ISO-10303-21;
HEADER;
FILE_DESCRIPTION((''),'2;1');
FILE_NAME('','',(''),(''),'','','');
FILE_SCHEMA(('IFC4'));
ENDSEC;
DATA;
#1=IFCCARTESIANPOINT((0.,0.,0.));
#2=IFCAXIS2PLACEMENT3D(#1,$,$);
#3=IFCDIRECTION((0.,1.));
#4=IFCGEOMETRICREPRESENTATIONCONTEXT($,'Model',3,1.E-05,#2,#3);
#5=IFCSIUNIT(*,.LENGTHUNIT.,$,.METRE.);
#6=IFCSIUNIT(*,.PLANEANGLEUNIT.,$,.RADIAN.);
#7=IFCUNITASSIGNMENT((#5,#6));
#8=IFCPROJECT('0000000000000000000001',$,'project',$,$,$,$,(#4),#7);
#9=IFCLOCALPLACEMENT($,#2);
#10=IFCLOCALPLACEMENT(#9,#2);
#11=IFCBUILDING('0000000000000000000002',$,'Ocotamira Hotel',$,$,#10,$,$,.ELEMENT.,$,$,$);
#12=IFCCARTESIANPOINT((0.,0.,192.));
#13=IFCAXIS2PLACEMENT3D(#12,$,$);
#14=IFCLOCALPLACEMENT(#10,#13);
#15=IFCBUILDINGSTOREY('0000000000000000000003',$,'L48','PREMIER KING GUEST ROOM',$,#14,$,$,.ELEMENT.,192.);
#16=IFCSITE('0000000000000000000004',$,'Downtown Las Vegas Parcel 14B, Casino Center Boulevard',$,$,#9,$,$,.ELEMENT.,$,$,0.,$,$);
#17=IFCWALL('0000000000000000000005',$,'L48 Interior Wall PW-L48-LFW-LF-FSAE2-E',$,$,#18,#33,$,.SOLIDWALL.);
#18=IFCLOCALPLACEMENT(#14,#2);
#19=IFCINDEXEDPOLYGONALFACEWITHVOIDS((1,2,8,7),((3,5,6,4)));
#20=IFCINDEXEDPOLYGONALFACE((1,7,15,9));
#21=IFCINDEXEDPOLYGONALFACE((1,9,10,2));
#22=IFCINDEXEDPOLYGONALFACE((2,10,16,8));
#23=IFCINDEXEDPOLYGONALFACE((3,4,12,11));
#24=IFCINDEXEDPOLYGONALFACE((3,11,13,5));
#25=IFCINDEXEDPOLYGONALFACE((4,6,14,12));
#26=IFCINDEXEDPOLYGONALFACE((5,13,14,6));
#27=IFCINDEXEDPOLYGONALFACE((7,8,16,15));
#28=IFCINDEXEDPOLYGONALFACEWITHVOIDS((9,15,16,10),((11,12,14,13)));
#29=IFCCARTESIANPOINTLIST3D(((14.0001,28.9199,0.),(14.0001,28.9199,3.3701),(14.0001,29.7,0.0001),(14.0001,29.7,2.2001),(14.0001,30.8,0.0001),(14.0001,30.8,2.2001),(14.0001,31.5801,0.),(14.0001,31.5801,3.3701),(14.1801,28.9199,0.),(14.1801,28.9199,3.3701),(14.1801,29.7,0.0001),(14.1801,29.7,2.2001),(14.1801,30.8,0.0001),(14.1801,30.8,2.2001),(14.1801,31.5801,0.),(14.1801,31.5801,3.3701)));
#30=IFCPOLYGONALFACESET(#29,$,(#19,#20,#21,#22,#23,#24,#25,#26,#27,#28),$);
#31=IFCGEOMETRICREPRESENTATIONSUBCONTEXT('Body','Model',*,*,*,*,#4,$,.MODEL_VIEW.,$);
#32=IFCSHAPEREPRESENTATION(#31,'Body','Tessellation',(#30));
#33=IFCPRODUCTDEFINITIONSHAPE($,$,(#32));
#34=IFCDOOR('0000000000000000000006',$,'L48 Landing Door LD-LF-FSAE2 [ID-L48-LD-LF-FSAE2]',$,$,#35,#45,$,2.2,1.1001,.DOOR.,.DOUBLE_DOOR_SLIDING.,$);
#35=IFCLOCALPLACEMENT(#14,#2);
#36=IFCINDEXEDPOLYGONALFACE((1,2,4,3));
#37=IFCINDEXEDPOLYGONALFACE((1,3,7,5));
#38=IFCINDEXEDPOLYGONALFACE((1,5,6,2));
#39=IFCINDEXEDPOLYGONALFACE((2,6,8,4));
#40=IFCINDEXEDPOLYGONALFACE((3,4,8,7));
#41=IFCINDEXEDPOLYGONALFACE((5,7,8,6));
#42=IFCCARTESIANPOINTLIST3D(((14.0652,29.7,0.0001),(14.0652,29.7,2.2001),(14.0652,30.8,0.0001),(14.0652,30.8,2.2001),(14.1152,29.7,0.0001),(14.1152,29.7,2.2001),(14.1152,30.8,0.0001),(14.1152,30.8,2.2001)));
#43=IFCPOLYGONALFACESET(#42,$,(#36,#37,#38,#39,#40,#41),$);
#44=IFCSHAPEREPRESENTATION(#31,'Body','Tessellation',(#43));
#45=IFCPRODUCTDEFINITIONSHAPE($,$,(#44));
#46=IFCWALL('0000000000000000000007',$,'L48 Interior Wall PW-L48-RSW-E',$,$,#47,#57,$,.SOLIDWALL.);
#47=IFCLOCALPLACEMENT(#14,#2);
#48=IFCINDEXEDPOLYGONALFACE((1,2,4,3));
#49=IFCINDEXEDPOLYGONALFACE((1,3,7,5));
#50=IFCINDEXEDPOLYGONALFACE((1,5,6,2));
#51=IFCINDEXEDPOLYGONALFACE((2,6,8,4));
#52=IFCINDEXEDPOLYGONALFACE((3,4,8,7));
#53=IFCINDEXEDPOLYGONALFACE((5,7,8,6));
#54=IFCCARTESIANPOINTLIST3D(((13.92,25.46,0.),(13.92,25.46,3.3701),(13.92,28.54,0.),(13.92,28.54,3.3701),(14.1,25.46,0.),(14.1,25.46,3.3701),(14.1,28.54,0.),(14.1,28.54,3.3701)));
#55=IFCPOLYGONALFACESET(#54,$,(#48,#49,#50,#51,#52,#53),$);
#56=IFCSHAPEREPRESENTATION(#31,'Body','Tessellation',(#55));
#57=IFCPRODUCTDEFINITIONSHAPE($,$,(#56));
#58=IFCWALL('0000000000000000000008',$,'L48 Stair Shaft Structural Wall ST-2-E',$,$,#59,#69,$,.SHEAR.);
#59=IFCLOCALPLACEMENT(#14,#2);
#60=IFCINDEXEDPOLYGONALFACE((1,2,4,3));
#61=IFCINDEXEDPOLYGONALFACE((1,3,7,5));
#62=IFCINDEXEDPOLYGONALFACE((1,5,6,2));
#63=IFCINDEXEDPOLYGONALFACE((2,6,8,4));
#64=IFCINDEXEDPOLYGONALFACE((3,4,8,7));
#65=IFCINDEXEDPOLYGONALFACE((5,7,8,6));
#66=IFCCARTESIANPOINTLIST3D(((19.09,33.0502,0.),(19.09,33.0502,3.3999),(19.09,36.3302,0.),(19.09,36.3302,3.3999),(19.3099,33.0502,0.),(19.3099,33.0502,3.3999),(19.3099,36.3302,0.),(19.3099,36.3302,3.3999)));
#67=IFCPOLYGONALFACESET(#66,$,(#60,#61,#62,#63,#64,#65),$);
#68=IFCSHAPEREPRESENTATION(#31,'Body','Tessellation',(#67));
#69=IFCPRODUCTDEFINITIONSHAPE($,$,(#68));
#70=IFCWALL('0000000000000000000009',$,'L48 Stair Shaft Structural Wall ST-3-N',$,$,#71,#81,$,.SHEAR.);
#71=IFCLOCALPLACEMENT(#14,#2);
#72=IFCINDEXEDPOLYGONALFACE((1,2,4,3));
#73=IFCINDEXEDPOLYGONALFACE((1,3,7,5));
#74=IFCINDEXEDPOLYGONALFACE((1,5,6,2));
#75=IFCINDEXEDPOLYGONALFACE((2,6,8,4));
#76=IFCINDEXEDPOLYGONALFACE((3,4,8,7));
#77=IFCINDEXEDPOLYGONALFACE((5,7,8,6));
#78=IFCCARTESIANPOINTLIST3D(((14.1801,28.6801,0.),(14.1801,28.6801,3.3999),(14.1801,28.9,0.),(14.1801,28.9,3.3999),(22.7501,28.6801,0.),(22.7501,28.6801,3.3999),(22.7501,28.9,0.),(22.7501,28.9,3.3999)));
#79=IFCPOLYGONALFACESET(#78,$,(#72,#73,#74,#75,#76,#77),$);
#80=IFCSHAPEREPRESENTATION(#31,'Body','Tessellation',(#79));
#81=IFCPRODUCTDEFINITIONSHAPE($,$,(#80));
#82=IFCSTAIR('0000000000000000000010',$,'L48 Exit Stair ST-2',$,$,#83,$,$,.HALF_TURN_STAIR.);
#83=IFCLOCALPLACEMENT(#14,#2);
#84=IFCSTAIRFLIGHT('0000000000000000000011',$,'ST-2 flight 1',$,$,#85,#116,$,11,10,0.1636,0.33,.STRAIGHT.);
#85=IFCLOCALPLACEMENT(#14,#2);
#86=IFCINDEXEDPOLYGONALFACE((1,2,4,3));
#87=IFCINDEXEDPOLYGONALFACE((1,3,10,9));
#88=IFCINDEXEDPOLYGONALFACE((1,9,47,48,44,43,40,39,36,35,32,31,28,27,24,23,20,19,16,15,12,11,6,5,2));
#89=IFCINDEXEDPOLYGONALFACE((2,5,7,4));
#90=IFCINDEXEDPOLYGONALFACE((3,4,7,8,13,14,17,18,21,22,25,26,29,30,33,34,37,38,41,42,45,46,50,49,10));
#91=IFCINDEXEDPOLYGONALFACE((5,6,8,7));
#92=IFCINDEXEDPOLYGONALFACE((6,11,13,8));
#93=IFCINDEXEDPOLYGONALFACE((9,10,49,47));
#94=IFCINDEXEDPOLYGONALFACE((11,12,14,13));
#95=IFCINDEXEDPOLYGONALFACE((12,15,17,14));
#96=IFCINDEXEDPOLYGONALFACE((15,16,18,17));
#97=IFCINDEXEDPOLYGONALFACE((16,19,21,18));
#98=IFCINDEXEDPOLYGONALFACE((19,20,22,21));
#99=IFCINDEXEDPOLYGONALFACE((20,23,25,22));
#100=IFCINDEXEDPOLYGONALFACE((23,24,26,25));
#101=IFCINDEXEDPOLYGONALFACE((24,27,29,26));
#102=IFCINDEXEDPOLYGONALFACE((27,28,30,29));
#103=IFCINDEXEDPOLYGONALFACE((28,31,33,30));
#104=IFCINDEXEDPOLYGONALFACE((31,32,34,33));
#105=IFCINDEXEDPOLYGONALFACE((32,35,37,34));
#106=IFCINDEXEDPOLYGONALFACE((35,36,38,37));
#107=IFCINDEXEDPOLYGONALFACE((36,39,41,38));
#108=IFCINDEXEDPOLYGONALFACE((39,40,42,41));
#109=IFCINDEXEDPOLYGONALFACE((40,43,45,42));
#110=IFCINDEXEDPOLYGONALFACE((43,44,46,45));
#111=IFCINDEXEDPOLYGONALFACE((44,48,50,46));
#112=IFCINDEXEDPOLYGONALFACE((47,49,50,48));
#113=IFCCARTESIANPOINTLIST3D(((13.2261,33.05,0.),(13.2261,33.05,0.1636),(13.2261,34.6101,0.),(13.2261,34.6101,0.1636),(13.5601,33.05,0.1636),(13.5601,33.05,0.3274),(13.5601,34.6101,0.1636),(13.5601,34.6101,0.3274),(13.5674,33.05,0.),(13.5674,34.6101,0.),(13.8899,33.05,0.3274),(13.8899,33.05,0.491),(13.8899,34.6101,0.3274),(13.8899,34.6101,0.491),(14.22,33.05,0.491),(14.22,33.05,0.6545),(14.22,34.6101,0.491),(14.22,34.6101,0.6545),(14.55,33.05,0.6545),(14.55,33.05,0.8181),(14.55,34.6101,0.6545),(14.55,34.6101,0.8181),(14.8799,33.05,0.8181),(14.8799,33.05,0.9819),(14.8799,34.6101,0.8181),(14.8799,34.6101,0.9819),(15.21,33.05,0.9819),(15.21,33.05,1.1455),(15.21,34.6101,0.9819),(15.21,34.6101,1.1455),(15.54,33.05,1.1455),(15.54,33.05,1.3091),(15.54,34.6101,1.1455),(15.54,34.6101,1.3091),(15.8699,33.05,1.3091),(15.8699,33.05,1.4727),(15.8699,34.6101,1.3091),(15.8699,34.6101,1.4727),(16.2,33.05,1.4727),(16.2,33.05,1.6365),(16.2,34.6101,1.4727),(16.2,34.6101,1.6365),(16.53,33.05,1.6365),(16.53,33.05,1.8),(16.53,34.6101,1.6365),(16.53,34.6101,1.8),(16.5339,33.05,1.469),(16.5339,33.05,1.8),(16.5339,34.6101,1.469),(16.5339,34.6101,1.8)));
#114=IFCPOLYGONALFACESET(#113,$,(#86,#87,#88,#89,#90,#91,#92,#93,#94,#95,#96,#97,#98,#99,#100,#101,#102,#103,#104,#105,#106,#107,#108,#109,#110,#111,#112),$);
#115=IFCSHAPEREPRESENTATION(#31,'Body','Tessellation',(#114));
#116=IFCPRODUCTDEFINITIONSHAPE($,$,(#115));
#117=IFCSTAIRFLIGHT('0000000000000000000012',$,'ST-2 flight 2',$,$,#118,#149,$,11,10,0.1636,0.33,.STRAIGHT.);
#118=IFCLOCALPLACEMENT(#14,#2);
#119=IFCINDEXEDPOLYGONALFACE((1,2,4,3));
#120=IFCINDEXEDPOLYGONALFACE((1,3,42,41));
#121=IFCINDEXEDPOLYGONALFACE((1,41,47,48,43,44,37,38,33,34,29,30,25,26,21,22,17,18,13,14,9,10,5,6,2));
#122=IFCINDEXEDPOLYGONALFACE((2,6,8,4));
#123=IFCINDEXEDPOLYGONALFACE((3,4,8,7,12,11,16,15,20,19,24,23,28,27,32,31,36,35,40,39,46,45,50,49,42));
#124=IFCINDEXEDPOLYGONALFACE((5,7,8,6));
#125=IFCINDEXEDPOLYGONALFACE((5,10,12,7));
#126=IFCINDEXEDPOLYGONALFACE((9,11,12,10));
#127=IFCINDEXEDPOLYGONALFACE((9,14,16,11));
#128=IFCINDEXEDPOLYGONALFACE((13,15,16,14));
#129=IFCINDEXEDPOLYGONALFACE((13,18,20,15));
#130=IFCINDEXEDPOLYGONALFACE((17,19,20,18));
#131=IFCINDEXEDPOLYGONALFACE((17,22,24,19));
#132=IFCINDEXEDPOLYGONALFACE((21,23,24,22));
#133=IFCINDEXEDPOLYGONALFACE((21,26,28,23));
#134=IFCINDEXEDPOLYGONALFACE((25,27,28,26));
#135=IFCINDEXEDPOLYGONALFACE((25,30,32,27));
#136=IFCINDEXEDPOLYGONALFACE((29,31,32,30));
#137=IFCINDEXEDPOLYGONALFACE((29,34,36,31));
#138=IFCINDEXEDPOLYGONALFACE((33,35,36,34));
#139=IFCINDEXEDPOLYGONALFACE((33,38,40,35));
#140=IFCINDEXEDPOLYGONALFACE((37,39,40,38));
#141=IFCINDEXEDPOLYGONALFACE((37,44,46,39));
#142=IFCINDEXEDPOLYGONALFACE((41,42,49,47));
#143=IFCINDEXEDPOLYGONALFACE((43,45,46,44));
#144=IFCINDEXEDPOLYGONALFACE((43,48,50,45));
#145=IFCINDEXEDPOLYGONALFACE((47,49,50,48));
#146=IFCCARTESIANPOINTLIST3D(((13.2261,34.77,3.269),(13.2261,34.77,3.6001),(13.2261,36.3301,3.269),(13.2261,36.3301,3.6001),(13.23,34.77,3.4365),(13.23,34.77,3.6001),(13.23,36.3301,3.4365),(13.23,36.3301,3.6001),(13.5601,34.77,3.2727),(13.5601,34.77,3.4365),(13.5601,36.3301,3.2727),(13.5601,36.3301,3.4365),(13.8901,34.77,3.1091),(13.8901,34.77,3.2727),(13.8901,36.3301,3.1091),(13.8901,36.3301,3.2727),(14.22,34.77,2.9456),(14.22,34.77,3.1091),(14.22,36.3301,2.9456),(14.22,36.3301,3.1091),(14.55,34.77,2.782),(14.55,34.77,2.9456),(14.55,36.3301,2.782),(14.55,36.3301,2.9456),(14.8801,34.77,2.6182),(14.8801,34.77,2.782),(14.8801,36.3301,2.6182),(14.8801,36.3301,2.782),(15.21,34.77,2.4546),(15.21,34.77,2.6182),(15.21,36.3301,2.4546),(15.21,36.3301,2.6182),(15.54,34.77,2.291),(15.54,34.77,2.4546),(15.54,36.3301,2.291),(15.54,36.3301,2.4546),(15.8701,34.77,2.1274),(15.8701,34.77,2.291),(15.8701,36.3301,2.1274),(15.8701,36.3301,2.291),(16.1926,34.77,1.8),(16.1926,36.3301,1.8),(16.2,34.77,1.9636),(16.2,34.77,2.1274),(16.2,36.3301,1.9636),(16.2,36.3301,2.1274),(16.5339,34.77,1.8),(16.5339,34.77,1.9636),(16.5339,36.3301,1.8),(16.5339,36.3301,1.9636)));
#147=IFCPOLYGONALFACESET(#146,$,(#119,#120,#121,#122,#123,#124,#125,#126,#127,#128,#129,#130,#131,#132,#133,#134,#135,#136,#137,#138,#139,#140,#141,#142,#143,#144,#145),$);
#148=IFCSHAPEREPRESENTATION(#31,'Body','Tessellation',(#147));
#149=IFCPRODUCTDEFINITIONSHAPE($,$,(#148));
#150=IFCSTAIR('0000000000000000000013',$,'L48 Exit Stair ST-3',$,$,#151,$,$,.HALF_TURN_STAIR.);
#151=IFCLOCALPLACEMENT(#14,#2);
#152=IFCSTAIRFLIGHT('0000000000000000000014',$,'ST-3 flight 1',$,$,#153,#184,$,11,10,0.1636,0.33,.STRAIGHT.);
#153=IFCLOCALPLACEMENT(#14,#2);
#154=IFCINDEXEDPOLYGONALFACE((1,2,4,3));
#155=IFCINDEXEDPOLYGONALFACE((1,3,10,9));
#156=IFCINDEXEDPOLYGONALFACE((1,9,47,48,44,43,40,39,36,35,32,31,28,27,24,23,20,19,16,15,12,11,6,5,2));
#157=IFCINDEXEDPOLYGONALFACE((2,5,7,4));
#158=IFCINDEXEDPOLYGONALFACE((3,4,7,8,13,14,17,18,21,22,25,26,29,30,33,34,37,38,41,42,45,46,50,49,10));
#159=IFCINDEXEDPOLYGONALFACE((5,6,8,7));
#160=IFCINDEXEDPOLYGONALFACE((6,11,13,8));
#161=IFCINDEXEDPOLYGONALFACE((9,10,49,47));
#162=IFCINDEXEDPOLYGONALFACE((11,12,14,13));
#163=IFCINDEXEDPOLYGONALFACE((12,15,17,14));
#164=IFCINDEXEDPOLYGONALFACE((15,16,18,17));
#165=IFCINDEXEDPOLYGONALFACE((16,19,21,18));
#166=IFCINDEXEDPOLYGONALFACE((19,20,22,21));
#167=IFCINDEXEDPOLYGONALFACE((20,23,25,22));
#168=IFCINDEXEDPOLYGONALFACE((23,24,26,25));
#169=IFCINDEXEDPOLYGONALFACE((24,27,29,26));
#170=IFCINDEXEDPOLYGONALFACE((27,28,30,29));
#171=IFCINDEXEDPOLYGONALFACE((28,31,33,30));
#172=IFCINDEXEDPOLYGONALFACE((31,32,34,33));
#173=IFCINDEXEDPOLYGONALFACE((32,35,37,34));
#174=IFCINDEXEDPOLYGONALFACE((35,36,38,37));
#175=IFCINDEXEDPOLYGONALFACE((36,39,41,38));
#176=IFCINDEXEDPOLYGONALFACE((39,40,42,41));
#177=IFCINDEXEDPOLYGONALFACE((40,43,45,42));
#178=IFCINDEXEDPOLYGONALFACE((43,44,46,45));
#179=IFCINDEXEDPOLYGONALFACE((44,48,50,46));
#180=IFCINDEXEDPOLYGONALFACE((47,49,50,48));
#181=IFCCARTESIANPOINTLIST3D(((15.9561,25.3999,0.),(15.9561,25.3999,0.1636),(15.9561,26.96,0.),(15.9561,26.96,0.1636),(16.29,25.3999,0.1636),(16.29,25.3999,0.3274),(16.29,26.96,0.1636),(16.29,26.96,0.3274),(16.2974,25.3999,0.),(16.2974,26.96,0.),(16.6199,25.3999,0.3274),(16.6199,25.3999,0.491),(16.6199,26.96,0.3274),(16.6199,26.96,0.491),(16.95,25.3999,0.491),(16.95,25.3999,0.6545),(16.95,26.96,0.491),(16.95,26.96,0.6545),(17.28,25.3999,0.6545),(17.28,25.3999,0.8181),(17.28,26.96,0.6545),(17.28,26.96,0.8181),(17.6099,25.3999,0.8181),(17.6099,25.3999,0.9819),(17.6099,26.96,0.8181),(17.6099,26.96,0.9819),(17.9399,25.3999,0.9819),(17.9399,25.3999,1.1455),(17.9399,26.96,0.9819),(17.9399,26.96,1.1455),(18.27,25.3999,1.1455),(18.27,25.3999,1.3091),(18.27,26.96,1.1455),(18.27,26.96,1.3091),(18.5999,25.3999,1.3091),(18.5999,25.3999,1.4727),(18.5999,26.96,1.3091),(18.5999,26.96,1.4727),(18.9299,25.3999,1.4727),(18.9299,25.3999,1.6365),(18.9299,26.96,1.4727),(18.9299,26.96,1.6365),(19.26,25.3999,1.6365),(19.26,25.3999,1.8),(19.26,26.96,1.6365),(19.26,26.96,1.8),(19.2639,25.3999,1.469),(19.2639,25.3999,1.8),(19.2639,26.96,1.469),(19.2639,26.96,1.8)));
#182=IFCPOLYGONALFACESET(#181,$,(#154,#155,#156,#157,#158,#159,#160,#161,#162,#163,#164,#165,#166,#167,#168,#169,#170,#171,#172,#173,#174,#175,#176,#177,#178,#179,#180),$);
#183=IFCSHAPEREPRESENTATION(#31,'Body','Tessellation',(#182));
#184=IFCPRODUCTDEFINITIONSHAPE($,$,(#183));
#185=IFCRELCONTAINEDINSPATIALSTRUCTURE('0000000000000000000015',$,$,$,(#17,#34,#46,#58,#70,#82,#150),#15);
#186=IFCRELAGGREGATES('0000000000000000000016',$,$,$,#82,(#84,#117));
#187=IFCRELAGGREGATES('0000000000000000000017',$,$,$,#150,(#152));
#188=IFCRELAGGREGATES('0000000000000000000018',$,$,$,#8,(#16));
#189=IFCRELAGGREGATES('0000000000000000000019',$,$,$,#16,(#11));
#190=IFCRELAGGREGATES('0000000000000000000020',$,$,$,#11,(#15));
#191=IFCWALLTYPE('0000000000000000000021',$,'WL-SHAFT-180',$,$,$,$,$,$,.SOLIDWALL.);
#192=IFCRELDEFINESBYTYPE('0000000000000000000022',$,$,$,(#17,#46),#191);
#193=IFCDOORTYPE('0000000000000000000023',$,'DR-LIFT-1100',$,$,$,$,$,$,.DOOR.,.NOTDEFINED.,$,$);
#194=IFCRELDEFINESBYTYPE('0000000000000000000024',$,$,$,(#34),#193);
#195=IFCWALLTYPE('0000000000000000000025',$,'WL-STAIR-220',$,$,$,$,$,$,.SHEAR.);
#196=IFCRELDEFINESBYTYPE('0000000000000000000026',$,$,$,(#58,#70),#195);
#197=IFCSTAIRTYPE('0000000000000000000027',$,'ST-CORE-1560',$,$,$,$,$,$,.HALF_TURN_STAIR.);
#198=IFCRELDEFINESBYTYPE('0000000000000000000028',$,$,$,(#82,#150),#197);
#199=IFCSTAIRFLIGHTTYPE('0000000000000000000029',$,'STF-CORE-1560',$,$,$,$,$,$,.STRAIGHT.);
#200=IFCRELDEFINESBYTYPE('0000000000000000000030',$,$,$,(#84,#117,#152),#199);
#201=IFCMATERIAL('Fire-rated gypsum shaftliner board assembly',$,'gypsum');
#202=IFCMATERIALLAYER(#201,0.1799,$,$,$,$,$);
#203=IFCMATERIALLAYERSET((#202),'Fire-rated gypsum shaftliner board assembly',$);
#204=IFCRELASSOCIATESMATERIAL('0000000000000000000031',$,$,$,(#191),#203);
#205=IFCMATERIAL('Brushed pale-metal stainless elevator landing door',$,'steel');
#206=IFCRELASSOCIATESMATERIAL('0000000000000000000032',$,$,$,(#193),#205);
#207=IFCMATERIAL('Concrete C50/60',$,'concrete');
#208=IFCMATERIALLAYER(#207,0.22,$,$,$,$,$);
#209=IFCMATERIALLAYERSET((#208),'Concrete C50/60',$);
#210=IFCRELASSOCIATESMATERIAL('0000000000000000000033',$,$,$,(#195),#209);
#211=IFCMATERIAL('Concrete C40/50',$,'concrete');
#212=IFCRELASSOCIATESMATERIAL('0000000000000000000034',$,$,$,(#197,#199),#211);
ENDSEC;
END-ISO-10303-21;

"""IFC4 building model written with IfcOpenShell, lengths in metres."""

from ifc_helpers import new_model, si_unit, direction, frame, frame_2d, origin, place, context, subcontext, project, spatial, polyline, rectangle, outline, extrude, source, transform, mapped, material, layer, layer_set, type_object, element, fill, aggregate, save


model = new_model("IFC4")

# Units and contexts
model_context = context("Model", 3, precision=1e-05, world=origin(), true_north=direction((0.0, 1.0)))
body_context = subcontext(model_context, "Body", "Model", "MODEL_VIEW")
ifc_project = project(units=[si_unit("LENGTHUNIT", "METRE"), si_unit("PLANEANGLEUNIT", "RADIAN")], contexts=[model_context])

# Site, building, storey
site_placement = place(None, origin())
site = spatial("IfcSite", under=ifc_project, at=site_placement, Name="Downtown Las Vegas Parcel 14B, Casino Center Boulevard", CompositionType="ELEMENT", RefElevation=0.0)
building_placement = place(site_placement, origin())
building = spatial("IfcBuilding", under=site, at=building_placement, Name="Ocotamira Hotel", CompositionType="ELEMENT")
storey_placement = place(building_placement, frame((0.0, 0.0, 192.0)))
storey = spatial("IfcBuildingStorey", under=building, at=storey_placement, Name="L48", Description="PREMIER KING GUEST ROOM", CompositionType="ELEMENT", Elevation=192.0)

# Shared definitions
ifc_material_1 = material(Name="Fire-rated gypsum shaftliner board assembly", Category="gypsum")
ifc_layer_1 = layer(ifc_material_1, 0.1799)
ifc_layer_set_1 = layer_set([ifc_layer_1], Name="Fire-rated gypsum shaftliner board assembly")
wall_type_1 = type_object("IfcWallType", Name="WL-SHAFT-180", PredefinedType="SOLIDWALL", material=ifc_layer_set_1)

# Wall, opening, door
wall_1_placement = place(storey_placement, frame((14.0901, 28.9199, 0.0), z_axis=(0.0, 0.0, 1.0), x_axis=(0.0, 1.0, 0.0)))
wall_1 = element("IfcWall", 1, at=wall_1_placement, inside=storey, type_object=wall_type_1, Name="L48 Interior Wall PW-L48-LFW-LF-FSAE2-E", PredefinedType="SOLIDWALL", context=body_context, shape_type="SweptSolid", body=[
    extrude(rectangle(XDim=2.6602, YDim=0.1799, at=frame_2d((1.3301, 0.0))), origin(), (0.0, 0.0, 1.0), 3.3701),
])
opening_1_placement = place(wall_1_placement, frame((0.78, 0.0, 0.0)))
opening_1 = element("IfcOpeningElement", 2, at=opening_1_placement, cuts=wall_1, PredefinedType="OPENING", context=body_context, shape_type="SweptSolid", body=[
    extrude(rectangle(XDim=1.1001, YDim=2.2, at=frame_2d((0.55, 1.1001))), frame((0.0, 0.1001, 0.0), z_axis=(0.0, -1.0, 0.0), x_axis=(1.0, 0.0, 0.0)), (0.0, 0.0, 1.0), 0.2),
])
ifc_material_2 = material(Name="Brushed pale-metal stainless elevator landing door", Category="steel")
door_type_1 = type_object("IfcDoorType", Name="DR-LIFT-1100", OperationType="NOTDEFINED", PredefinedType="DOOR", material=ifc_material_2)
shared_shape_1 = source(origin(), body_context, "Body", "SweptSolid", [
    extrude(rectangle(XDim=1.1001, YDim=2.2, at=frame_2d((0.55, 1.1001))), frame((0.0, 0.0249, 0.0), z_axis=(0.0, -1.0, 0.0), x_axis=(1.0, 0.0, 0.0)), (0.0, 0.0, 1.0), 0.05),
])
door_1_placement = place(opening_1_placement, origin())
door_1 = element("IfcDoor", 3, at=door_1_placement, inside=storey, type_object=door_type_1, Name="L48 Landing Door LD-LF-FSAE2 [ID-L48-LD-LF-FSAE2]", OperationType="DOUBLE_DOOR_SLIDING", OverallHeight=2.2, OverallWidth=1.1001, PredefinedType="DOOR", context=body_context, shape_type="MappedRepresentation", body=[
    mapped(shared_shape_1, transform((0.0, 0.0, 0.0), scale=1.0)),
])
fill(opening_1, door_1)

# Walls
wall_2_placement = place(storey_placement, frame((14.01, 25.46, 0.0), z_axis=(0.0, 0.0, 1.0), x_axis=(0.0, 1.0, 0.0)))
element("IfcWall", 4, at=wall_2_placement, inside=storey, type_object=wall_type_1, Name="L48 Interior Wall PW-L48-RSW-E", PredefinedType="SOLIDWALL", context=body_context, shape_type="SweptSolid", body=[
    extrude(rectangle(XDim=3.0801, YDim=0.1799, at=frame_2d((1.54, 0.0))), origin(), (0.0, 0.0, 1.0), 3.3701),
])
ifc_material_3 = material(Name="Concrete C50/60", Category="concrete")
ifc_layer_2 = layer(ifc_material_3, 0.22)
ifc_layer_set_2 = layer_set([ifc_layer_2], Name="Concrete C50/60")
wall_type_2 = type_object("IfcWallType", Name="WL-STAIR-220", PredefinedType="SHEAR", material=ifc_layer_set_2)
wall_3_placement = place(storey_placement, frame((19.2, 33.05, 0.0), z_axis=(0.0, 0.0, 1.0), x_axis=(0.0, 1.0, 0.0)))
element("IfcWall", 5, at=wall_3_placement, inside=storey, type_object=wall_type_2, Name="L48 Stair Shaft Structural Wall ST-2-E", PredefinedType="SHEAR", context=body_context, shape_type="SweptSolid", body=[
    extrude(rectangle(XDim=3.28, YDim=0.22, at=frame_2d((1.6401, 0.0))), origin(), (0.0, 0.0, 1.0), 3.3999),
])
wall_4_placement = place(storey_placement, frame((14.1799, 28.79, 0.0), z_axis=(0.0, 0.0, 1.0), x_axis=(1.0, 0.0, 0.0)))
element("IfcWall", 6, at=wall_4_placement, inside=storey, type_object=wall_type_2, Name="L48 Stair Shaft Structural Wall ST-3-N", PredefinedType="SHEAR", context=body_context, shape_type="SweptSolid", body=[
    extrude(rectangle(XDim=8.5701, YDim=0.22, at=frame_2d((4.2852, 0.0))), origin(), (0.0, 0.0, 1.0), 3.3999),
])

# Stairs, stair flights
ifc_material_4 = material(Name="Concrete C40/50", Category="concrete")
stair_type = type_object("IfcStairType", Name="ST-CORE-1560", PredefinedType="HALF_TURN_STAIR", material=ifc_material_4)
stair_1_placement = place(storey_placement, origin())
stair_1 = element("IfcStair", 7, at=stair_1_placement, inside=storey, type_object=stair_type, Name="L48 Exit Stair ST-2", PredefinedType="HALF_TURN_STAIR")
stair_flight_type = type_object("IfcStairFlightType", Name="STF-CORE-1560", PredefinedType="STRAIGHT", material=ifc_material_4)
shared_shape_2 = source(origin(), body_context, "Body", "SweptSolid", [
    extrude(outline(polyline([(-0.0039, 0.0), (-0.0039, 0.1636), (0.3301, 0.1636), (0.3301, 0.3274), (0.6599, 0.3274), (0.6599, 0.491), (0.99, 0.491), (0.99, 0.6545), (1.3201, 0.6545), (1.3201, 0.8181), (1.6499, 0.8181), (1.6499, 0.9819), (1.98, 0.9819), (1.98, 1.1455), (2.3101, 1.1455), (2.3101, 1.3091), (2.6399, 1.3091), (2.6399, 1.4727), (2.97, 1.4727), (2.97, 1.6365), (3.3, 1.6365), (3.3, 1.8), (3.304, 1.8), (3.304, 1.469), (0.3374, 0.0), (-0.0039, 0.0)])), frame((0.0, 0.78, 0.0), z_axis=(0.0, -1.0, 0.0), x_axis=(1.0, 0.0, 0.0)), (0.0, 0.0, 1.0), 1.5601),
])
stair_flight_1_placement = place(storey_placement, frame((13.23, 33.8301, 0.0), z_axis=(0.0, 0.0, 1.0), x_axis=(1.0, 0.0, 0.0)))
stair_flight_1 = element("IfcStairFlight", 8, at=stair_flight_1_placement, type_object=stair_flight_type, Name="ST-2 flight 1", NumberOfRisers=11, NumberOfTreads=10, PredefinedType="STRAIGHT", RiserHeight=0.1636, TreadLength=0.33, context=body_context, shape_type="MappedRepresentation", body=[
    mapped(shared_shape_2, transform((0.0, 0.0, 0.0), scale=1.0)),
])
stair_flight_2_placement = place(storey_placement, frame((16.53, 35.55, 1.8), z_axis=(0.0, 0.0, 1.0), x_axis=(-1.0, 0.0, 0.0)))
stair_flight_2 = element("IfcStairFlight", 9, at=stair_flight_2_placement, type_object=stair_flight_type, Name="ST-2 flight 2", NumberOfRisers=11, NumberOfTreads=10, PredefinedType="STRAIGHT", RiserHeight=0.1636, TreadLength=0.33, context=body_context, shape_type="MappedRepresentation", body=[
    mapped(shared_shape_2, transform((0.0, 0.0, 0.0), scale=1.0)),
])
aggregate(stair_1, [stair_flight_1, stair_flight_2])
stair_2_placement = place(storey_placement, origin())
stair_2 = element("IfcStair", 10, at=stair_2_placement, inside=storey, type_object=stair_type, Name="L48 Exit Stair ST-3", PredefinedType="HALF_TURN_STAIR")
stair_flight_3_placement = place(storey_placement, frame((15.96, 26.1799, 0.0), z_axis=(0.0, 0.0, 1.0), x_axis=(1.0, 0.0, 0.0)))
stair_flight_3 = element("IfcStairFlight", 11, at=stair_flight_3_placement, type_object=stair_flight_type, Name="ST-3 flight 1", NumberOfRisers=11, NumberOfTreads=10, PredefinedType="STRAIGHT", RiserHeight=0.1636, TreadLength=0.33, context=body_context, shape_type="MappedRepresentation", body=[
    mapped(shared_shape_2, transform((0.0, 0.0, 0.0), scale=1.0)),
])
aggregate(stair_2, [stair_flight_3])

save(model, "model.ifc")
